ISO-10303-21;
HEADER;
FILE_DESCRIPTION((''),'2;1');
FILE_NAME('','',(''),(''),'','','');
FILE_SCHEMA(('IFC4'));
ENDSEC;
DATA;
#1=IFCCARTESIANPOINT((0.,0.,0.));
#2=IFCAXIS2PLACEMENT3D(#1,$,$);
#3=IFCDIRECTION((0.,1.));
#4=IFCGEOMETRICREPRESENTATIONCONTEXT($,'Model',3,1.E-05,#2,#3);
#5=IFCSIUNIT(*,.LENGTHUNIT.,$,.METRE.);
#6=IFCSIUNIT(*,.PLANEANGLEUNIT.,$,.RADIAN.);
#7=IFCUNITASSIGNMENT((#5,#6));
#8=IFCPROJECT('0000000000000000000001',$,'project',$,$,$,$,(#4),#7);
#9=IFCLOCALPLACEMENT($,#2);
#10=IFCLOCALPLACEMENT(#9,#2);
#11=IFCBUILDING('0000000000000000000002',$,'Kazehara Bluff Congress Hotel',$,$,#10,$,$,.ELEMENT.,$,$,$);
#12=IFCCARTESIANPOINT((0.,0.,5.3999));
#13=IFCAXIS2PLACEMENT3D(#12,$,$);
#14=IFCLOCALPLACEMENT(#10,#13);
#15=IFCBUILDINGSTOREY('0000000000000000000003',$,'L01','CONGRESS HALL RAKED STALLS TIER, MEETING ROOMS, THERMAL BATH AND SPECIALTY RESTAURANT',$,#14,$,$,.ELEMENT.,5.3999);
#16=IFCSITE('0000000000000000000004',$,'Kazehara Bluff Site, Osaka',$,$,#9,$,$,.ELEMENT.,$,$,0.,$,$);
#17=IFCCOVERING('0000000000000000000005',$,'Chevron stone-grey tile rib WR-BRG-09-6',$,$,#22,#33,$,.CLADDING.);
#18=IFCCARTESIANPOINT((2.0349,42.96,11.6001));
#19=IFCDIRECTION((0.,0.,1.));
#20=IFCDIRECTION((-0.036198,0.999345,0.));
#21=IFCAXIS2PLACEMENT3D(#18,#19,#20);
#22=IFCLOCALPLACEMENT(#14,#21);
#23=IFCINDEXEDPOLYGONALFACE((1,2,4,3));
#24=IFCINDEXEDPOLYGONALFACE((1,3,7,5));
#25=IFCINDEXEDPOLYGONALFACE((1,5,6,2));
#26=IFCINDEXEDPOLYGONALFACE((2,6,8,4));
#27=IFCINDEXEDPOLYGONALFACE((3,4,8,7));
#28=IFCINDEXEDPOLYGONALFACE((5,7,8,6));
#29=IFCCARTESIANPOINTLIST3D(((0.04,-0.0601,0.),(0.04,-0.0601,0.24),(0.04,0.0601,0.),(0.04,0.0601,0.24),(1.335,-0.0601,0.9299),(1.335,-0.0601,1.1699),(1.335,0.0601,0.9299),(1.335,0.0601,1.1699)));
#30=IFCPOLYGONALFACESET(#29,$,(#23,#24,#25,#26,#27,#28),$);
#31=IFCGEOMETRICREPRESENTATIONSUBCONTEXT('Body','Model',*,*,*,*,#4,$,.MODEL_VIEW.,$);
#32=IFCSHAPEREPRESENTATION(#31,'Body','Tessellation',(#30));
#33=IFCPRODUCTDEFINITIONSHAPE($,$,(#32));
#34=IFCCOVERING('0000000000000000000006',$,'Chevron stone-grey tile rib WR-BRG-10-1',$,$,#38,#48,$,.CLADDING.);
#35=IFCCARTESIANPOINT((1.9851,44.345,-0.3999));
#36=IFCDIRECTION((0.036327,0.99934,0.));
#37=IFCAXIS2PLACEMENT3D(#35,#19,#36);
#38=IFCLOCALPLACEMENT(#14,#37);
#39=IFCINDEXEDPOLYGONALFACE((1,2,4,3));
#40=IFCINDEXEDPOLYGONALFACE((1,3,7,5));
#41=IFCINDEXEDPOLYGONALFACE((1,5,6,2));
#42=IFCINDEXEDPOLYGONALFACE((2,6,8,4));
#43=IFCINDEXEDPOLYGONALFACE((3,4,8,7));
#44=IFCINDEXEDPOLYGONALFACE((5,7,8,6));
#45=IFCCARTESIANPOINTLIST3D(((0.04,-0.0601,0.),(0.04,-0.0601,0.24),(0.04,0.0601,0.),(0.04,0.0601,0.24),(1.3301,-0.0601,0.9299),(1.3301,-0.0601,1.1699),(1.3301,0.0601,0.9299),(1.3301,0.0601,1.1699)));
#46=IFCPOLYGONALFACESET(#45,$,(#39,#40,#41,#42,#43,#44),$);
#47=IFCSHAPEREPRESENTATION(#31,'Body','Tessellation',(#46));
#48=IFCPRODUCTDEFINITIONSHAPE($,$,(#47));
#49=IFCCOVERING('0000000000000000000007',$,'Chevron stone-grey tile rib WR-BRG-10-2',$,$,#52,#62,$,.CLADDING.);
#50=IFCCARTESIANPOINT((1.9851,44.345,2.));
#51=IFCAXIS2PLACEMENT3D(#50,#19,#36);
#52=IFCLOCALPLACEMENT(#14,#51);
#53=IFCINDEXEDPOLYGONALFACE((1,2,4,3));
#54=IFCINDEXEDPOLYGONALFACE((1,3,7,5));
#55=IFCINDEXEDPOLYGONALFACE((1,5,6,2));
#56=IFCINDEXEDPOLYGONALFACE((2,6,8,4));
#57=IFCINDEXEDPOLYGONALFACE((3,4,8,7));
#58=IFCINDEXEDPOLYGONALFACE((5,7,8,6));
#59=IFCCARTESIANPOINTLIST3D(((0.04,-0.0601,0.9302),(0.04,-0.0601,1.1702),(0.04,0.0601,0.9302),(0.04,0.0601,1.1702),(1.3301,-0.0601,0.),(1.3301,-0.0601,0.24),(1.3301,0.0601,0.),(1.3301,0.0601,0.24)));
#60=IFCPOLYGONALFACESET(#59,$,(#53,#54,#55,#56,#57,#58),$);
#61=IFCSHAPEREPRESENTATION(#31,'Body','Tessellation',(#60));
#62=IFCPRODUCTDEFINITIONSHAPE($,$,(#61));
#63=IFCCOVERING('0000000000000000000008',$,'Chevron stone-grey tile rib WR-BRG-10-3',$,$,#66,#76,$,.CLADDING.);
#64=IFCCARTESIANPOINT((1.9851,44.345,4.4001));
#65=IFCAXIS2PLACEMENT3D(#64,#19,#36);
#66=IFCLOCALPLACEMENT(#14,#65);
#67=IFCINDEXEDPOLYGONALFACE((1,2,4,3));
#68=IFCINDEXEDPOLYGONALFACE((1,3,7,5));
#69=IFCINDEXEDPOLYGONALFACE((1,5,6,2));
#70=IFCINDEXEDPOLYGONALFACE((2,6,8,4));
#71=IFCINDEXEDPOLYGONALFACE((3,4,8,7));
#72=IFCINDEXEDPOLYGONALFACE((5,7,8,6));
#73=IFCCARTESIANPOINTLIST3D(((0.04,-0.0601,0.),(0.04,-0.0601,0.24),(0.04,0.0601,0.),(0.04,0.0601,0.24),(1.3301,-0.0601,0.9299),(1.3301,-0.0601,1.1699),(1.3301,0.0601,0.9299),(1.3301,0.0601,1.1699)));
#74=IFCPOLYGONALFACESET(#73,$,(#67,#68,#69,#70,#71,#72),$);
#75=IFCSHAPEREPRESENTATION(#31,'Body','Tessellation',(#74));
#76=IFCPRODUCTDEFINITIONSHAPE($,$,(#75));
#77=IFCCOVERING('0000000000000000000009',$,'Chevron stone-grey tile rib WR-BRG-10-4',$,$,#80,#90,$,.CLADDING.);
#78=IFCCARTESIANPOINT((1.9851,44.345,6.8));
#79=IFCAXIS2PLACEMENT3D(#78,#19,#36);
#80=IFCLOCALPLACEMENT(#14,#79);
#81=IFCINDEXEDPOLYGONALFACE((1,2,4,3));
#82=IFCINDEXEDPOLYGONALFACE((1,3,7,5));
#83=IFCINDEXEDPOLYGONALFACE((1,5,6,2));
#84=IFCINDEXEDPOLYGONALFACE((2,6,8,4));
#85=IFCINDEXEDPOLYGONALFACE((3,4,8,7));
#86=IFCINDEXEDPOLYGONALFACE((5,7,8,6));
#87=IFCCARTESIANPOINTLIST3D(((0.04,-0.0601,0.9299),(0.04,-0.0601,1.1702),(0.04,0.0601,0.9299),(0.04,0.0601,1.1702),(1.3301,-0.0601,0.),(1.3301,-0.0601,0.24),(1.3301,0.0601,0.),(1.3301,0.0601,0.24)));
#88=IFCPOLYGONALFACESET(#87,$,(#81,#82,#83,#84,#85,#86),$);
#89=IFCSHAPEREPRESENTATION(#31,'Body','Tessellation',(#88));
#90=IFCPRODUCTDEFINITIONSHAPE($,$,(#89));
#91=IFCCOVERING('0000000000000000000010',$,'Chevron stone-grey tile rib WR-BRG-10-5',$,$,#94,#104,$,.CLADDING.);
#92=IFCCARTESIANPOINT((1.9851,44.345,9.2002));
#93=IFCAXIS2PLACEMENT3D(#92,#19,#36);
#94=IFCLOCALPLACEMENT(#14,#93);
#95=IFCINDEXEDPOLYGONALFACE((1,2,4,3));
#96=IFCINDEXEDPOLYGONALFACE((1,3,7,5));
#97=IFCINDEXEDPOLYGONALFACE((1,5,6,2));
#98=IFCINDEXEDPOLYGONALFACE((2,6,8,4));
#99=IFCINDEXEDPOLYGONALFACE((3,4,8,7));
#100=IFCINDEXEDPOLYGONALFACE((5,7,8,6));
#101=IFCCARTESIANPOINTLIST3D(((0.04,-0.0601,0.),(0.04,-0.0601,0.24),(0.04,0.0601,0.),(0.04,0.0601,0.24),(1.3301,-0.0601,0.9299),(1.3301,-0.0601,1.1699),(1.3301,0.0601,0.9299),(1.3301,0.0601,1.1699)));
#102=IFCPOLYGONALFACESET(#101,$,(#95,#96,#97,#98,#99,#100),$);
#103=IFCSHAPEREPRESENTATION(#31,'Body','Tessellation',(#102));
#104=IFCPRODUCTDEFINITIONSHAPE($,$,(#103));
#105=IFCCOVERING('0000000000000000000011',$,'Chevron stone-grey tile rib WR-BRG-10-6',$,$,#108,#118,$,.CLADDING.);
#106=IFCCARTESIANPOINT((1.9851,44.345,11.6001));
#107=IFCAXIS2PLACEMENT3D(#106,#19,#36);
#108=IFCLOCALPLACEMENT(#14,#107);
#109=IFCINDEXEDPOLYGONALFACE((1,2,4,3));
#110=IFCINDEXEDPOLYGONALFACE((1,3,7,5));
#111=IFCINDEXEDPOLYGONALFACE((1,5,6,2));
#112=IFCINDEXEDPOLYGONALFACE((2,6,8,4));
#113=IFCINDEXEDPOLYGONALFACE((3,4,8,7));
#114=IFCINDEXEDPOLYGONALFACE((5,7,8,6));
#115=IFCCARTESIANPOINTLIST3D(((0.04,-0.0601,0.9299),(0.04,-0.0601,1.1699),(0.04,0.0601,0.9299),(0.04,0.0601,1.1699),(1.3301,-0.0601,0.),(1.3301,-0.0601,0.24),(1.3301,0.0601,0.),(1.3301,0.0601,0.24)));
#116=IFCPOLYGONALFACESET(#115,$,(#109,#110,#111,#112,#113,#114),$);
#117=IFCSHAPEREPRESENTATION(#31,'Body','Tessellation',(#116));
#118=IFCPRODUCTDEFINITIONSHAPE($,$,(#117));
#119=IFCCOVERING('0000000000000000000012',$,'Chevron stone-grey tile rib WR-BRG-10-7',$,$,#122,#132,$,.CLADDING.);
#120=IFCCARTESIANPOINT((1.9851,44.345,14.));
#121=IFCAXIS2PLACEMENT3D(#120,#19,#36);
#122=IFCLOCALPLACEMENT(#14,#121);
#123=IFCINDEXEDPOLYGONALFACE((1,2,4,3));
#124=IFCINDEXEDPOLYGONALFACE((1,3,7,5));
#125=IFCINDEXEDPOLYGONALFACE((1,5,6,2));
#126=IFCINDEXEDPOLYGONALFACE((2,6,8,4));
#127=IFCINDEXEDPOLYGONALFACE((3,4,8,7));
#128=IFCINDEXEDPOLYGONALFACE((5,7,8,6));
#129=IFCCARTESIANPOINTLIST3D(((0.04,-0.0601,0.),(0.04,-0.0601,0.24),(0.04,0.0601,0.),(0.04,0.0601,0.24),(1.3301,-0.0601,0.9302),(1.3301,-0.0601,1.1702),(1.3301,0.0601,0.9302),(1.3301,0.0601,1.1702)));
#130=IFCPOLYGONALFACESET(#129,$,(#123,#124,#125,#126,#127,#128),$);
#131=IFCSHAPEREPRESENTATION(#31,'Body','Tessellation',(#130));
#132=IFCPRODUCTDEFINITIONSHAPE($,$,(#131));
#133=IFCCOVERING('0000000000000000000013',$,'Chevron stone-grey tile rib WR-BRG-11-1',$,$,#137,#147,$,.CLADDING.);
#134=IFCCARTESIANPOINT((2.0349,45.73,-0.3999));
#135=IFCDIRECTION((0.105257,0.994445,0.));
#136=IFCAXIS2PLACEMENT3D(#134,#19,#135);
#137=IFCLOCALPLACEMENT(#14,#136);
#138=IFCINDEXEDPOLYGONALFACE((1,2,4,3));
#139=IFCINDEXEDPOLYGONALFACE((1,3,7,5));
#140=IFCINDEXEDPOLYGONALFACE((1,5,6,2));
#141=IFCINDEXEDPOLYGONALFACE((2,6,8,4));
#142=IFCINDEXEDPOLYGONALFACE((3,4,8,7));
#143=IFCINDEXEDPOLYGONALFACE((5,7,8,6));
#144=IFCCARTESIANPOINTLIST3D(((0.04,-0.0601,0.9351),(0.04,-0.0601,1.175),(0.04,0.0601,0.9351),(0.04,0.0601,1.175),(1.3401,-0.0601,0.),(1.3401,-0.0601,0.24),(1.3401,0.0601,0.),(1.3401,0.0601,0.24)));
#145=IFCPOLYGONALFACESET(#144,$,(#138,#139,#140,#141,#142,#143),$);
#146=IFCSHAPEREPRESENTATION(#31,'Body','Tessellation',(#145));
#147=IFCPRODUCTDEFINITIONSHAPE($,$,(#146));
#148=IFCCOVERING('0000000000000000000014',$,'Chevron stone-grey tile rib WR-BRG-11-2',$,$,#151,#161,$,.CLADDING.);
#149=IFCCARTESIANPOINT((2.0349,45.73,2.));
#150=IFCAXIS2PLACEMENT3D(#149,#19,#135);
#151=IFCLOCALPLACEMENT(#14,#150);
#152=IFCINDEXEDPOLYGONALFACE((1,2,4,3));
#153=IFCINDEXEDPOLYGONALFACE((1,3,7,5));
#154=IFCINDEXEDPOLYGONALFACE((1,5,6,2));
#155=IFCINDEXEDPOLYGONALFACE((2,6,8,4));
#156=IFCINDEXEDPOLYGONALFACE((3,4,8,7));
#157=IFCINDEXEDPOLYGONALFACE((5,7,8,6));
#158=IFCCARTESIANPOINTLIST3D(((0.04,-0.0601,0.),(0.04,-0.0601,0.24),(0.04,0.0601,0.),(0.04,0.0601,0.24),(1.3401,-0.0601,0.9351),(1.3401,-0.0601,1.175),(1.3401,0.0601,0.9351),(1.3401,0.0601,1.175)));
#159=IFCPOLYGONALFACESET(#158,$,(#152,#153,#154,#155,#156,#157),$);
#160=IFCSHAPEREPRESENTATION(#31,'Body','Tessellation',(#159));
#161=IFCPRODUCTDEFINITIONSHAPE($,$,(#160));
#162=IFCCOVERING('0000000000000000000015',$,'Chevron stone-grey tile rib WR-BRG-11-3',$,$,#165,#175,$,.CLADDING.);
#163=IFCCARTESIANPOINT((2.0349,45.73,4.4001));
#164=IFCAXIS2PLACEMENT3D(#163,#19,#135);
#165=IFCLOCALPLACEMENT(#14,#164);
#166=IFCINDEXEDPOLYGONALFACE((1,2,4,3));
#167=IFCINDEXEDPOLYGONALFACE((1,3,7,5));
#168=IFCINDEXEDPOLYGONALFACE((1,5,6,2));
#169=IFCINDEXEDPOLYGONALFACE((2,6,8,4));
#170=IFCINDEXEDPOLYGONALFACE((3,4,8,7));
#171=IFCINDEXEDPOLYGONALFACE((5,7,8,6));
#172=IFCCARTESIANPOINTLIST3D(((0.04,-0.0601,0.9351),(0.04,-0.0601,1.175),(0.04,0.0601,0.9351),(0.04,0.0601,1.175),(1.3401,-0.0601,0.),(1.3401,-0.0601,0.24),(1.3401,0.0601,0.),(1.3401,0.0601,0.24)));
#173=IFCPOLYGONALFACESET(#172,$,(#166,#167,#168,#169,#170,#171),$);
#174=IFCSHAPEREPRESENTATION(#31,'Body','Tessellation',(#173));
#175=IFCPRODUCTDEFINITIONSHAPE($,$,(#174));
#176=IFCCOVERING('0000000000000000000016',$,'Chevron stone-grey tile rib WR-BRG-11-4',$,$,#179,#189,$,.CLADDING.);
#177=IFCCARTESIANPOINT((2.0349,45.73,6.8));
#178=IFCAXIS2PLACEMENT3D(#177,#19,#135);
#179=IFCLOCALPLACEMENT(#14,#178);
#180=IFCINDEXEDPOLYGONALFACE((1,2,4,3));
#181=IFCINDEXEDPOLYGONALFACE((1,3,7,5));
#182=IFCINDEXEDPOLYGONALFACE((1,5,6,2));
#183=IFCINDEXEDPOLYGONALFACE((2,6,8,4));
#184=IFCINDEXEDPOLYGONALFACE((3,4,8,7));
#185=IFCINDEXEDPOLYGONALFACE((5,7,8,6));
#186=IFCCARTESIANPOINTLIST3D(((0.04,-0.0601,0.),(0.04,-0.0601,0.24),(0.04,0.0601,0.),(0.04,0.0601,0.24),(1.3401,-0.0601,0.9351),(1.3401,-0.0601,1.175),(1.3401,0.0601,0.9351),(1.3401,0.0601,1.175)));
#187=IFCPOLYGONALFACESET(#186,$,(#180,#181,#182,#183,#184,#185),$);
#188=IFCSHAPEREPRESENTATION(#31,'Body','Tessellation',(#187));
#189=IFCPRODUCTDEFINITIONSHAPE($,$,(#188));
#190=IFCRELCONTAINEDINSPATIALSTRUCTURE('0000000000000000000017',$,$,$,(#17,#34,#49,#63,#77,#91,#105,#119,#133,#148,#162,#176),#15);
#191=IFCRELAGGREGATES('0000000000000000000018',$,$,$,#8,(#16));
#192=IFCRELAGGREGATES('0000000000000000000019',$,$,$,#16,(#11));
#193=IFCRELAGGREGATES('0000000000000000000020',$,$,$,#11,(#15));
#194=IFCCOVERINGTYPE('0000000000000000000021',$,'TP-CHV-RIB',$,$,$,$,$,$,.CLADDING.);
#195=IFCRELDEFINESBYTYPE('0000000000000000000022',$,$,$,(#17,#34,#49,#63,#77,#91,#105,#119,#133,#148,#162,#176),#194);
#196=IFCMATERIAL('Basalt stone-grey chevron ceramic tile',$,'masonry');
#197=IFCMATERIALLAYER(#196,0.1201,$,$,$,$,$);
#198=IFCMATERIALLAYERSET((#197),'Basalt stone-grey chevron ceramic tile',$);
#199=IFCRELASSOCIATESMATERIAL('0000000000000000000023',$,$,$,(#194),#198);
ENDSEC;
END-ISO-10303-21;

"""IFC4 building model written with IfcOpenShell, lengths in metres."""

from ifc_helpers import new_model, si_unit, direction, frame, origin, place, context, subcontext, project, spatial, polyline, outline, extrude, material, layer, layer_set, type_object, element, save


model = new_model("IFC4")

# Units and contexts
model_context = context("Model", 3, precision=1e-05, world=origin(), true_north=direction((0.0, 1.0)))
body_context = subcontext(model_context, "Body", "Model", "MODEL_VIEW")
ifc_project = project(units=[si_unit("LENGTHUNIT", "METRE"), si_unit("PLANEANGLEUNIT", "RADIAN")], contexts=[model_context])

# Site, building, storey
site_placement = place(None, origin())
site = spatial("IfcSite", under=ifc_project, at=site_placement, Name="Kazehara Bluff Site, Osaka", CompositionType="ELEMENT", RefElevation=0.0)
building_placement = place(site_placement, origin())
building = spatial("IfcBuilding", under=site, at=building_placement, Name="Kazehara Bluff Congress Hotel", CompositionType="ELEMENT")
storey_placement = place(building_placement, frame((0.0, 0.0, 5.3999)))
storey = spatial("IfcBuildingStorey", under=building, at=storey_placement, Name="L01", Description="CONGRESS HALL RAKED STALLS TIER, MEETING ROOMS, THERMAL BATH AND SPECIALTY RESTAURANT", CompositionType="ELEMENT", Elevation=5.3999)

# Coverings
ifc_material_1 = material(Name="Basalt stone-grey chevron ceramic tile", Category="masonry")
ifc_layer_1 = layer(ifc_material_1, 0.1201)
ifc_layer_set_1 = layer_set([ifc_layer_1], Name="Basalt stone-grey chevron ceramic tile")
covering_type_1 = type_object("IfcCoveringType", Name="TP-CHV-RIB", PredefinedType="CLADDING", material=ifc_layer_set_1)
covering_1_placement = place(storey_placement, frame((2.0349, 42.96, 11.6001), z_axis=(0.0, 0.0, 1.0), x_axis=(-0.036198, 0.999345, 0.0)))
element("IfcCovering", 1, at=covering_1_placement, inside=storey, type_object=covering_type_1, Name="Chevron stone-grey tile rib WR-BRG-09-6", PredefinedType="CLADDING", context=body_context, shape_type="SweptSolid", body=[
    extrude(outline(polyline([(0.04, 0.0), (1.335, 0.9299), (1.335, 1.1699), (0.04, 0.24), (0.04, 0.0)])), frame((0.0, 0.0601, 0.0), z_axis=(0.0, -1.0, 0.0), x_axis=(1.0, 0.0, 0.0)), (0.0, 0.0, 1.0), 0.1201),
])
covering_2_placement = place(storey_placement, frame((1.9851, 44.345, -0.3999), z_axis=(0.0, 0.0, 1.0), x_axis=(0.036327, 0.99934, 0.0)))
element("IfcCovering", 2, at=covering_2_placement, inside=storey, type_object=covering_type_1, Name="Chevron stone-grey tile rib WR-BRG-10-1", PredefinedType="CLADDING", context=body_context, shape_type="SweptSolid", body=[
    extrude(outline(polyline([(0.04, 0.0), (1.3301, 0.9299), (1.3301, 1.1699), (0.04, 0.24), (0.04, 0.0)])), frame((0.0, 0.0601, 0.0), z_axis=(0.0, -1.0, 0.0), x_axis=(1.0, 0.0, 0.0)), (0.0, 0.0, 1.0), 0.1201),
])
covering_3_placement = place(storey_placement, frame((1.9851, 44.345, 2.0), z_axis=(0.0, 0.0, 1.0), x_axis=(0.036327, 0.99934, 0.0)))
element("IfcCovering", 3, at=covering_3_placement, inside=storey, type_object=covering_type_1, Name="Chevron stone-grey tile rib WR-BRG-10-2", PredefinedType="CLADDING", context=body_context, shape_type="SweptSolid", body=[
    extrude(outline(polyline([(0.04, 0.9302), (1.3301, 0.0), (1.3301, 0.24), (0.04, 1.1702), (0.04, 0.9302)])), frame((0.0, 0.0601, 0.0), z_axis=(0.0, -1.0, 0.0), x_axis=(1.0, 0.0, 0.0)), (0.0, 0.0, 1.0), 0.1201),
])
covering_4_placement = place(storey_placement, frame((1.9851, 44.345, 4.4001), z_axis=(0.0, 0.0, 1.0), x_axis=(0.036327, 0.99934, 0.0)))
element("IfcCovering", 4, at=covering_4_placement, inside=storey, type_object=covering_type_1, Name="Chevron stone-grey tile rib WR-BRG-10-3", PredefinedType="CLADDING", context=body_context, shape_type="SweptSolid", body=[
    extrude(outline(polyline([(0.04, 0.0), (1.3301, 0.9299), (1.3301, 1.1699), (0.04, 0.24), (0.04, 0.0)])), frame((0.0, 0.0601, 0.0), z_axis=(0.0, -1.0, 0.0), x_axis=(1.0, 0.0, 0.0)), (0.0, 0.0, 1.0), 0.1201),
])
covering_5_placement = place(storey_placement, frame((1.9851, 44.345, 6.8), z_axis=(0.0, 0.0, 1.0), x_axis=(0.036327, 0.99934, 0.0)))
element("IfcCovering", 5, at=covering_5_placement, inside=storey, type_object=covering_type_1, Name="Chevron stone-grey tile rib WR-BRG-10-4", PredefinedType="CLADDING", context=body_context, shape_type="SweptSolid", body=[
    extrude(outline(polyline([(0.04, 0.9299), (1.3301, 0.0), (1.3301, 0.24), (0.04, 1.1702), (0.04, 0.9299)])), frame((0.0, 0.0601, 0.0), z_axis=(0.0, -1.0, 0.0), x_axis=(1.0, 0.0, 0.0)), (0.0, 0.0, 1.0), 0.1201),
])
covering_6_placement = place(storey_placement, frame((1.9851, 44.345, 9.2002), z_axis=(0.0, 0.0, 1.0), x_axis=(0.036327, 0.99934, 0.0)))
element("IfcCovering", 6, at=covering_6_placement, inside=storey, type_object=covering_type_1, Name="Chevron stone-grey tile rib WR-BRG-10-5", PredefinedType="CLADDING", context=body_context, shape_type="SweptSolid", body=[
    extrude(outline(polyline([(0.04, 0.0), (1.3301, 0.9299), (1.3301, 1.1699), (0.04, 0.24), (0.04, 0.0)])), frame((0.0, 0.0601, 0.0), z_axis=(0.0, -1.0, 0.0), x_axis=(1.0, 0.0, 0.0)), (0.0, 0.0, 1.0), 0.1201),
])
covering_7_placement = place(storey_placement, frame((1.9851, 44.345, 11.6001), z_axis=(0.0, 0.0, 1.0), x_axis=(0.036327, 0.99934, 0.0)))
element("IfcCovering", 7, at=covering_7_placement, inside=storey, type_object=covering_type_1, Name="Chevron stone-grey tile rib WR-BRG-10-6", PredefinedType="CLADDING", context=body_context, shape_type="SweptSolid", body=[
    extrude(outline(polyline([(0.04, 0.9299), (1.3301, 0.0), (1.3301, 0.24), (0.04, 1.1699), (0.04, 0.9299)])), frame((0.0, 0.0601, 0.0), z_axis=(0.0, -1.0, 0.0), x_axis=(1.0, 0.0, 0.0)), (0.0, 0.0, 1.0), 0.1201),
])
covering_8_placement = place(storey_placement, frame((1.9851, 44.345, 14.0), z_axis=(0.0, 0.0, 1.0), x_axis=(0.036327, 0.99934, 0.0)))
element("IfcCovering", 8, at=covering_8_placement, inside=storey, type_object=covering_type_1, Name="Chevron stone-grey tile rib WR-BRG-10-7", PredefinedType="CLADDING", context=body_context, shape_type="SweptSolid", body=[
    extrude(outline(polyline([(0.04, 0.0), (1.3301, 0.9302), (1.3301, 1.1702), (0.04, 0.24), (0.04, 0.0)])), frame((0.0, 0.0601, 0.0), z_axis=(0.0, -1.0, 0.0), x_axis=(1.0, 0.0, 0.0)), (0.0, 0.0, 1.0), 0.1201),
])
covering_9_placement = place(storey_placement, frame((2.0349, 45.73, -0.3999), z_axis=(0.0, 0.0, 1.0), x_axis=(0.105257, 0.994445, 0.0)))
element("IfcCovering", 9, at=covering_9_placement, inside=storey, type_object=covering_type_1, Name="Chevron stone-grey tile rib WR-BRG-11-1", PredefinedType="CLADDING", context=body_context, shape_type="SweptSolid", body=[
    extrude(outline(polyline([(0.04, 0.9351), (1.3401, 0.0), (1.3401, 0.24), (0.04, 1.175), (0.04, 0.9351)])), frame((0.0, 0.0601, 0.0), z_axis=(0.0, -1.0, 0.0), x_axis=(1.0, 0.0, 0.0)), (0.0, 0.0, 1.0), 0.1201),
])
covering_10_placement = place(storey_placement, frame((2.0349, 45.73, 2.0), z_axis=(0.0, 0.0, 1.0), x_axis=(0.105257, 0.994445, 0.0)))
element("IfcCovering", 10, at=covering_10_placement, inside=storey, type_object=covering_type_1, Name="Chevron stone-grey tile rib WR-BRG-11-2", PredefinedType="CLADDING", context=body_context, shape_type="SweptSolid", body=[
    extrude(outline(polyline([(0.04, 0.0), (1.3401, 0.9351), (1.3401, 1.175), (0.04, 0.24), (0.04, 0.0)])), frame((0.0, 0.0601, 0.0), z_axis=(0.0, -1.0, 0.0), x_axis=(1.0, 0.0, 0.0)), (0.0, 0.0, 1.0), 0.1201),
])
covering_11_placement = place(storey_placement, frame((2.0349, 45.73, 4.4001), z_axis=(0.0, 0.0, 1.0), x_axis=(0.105257, 0.994445, 0.0)))
element("IfcCovering", 11, at=covering_11_placement, inside=storey, type_object=covering_type_1, Name="Chevron stone-grey tile rib WR-BRG-11-3", PredefinedType="CLADDING", context=body_context, shape_type="SweptSolid", body=[
    extrude(outline(polyline([(0.04, 0.9351), (1.3401, 0.0), (1.3401, 0.24), (0.04, 1.175), (0.04, 0.9351)])), frame((0.0, 0.0601, 0.0), z_axis=(0.0, -1.0, 0.0), x_axis=(1.0, 0.0, 0.0)), (0.0, 0.0, 1.0), 0.1201),
])
covering_12_placement = place(storey_placement, frame((2.0349, 45.73, 6.8), z_axis=(0.0, 0.0, 1.0), x_axis=(0.105257, 0.994445, 0.0)))
element("IfcCovering", 12, at=covering_12_placement, inside=storey, type_object=covering_type_1, Name="Chevron stone-grey tile rib WR-BRG-11-4", PredefinedType="CLADDING", context=body_context, shape_type="SweptSolid", body=[
    extrude(outline(polyline([(0.04, 0.0), (1.3401, 0.9351), (1.3401, 1.175), (0.04, 0.24), (0.04, 0.0)])), frame((0.0, 0.0601, 0.0), z_axis=(0.0, -1.0, 0.0), x_axis=(1.0, 0.0, 0.0)), (0.0, 0.0, 1.0), 0.1201),
])

save(model, "model.ifc")
